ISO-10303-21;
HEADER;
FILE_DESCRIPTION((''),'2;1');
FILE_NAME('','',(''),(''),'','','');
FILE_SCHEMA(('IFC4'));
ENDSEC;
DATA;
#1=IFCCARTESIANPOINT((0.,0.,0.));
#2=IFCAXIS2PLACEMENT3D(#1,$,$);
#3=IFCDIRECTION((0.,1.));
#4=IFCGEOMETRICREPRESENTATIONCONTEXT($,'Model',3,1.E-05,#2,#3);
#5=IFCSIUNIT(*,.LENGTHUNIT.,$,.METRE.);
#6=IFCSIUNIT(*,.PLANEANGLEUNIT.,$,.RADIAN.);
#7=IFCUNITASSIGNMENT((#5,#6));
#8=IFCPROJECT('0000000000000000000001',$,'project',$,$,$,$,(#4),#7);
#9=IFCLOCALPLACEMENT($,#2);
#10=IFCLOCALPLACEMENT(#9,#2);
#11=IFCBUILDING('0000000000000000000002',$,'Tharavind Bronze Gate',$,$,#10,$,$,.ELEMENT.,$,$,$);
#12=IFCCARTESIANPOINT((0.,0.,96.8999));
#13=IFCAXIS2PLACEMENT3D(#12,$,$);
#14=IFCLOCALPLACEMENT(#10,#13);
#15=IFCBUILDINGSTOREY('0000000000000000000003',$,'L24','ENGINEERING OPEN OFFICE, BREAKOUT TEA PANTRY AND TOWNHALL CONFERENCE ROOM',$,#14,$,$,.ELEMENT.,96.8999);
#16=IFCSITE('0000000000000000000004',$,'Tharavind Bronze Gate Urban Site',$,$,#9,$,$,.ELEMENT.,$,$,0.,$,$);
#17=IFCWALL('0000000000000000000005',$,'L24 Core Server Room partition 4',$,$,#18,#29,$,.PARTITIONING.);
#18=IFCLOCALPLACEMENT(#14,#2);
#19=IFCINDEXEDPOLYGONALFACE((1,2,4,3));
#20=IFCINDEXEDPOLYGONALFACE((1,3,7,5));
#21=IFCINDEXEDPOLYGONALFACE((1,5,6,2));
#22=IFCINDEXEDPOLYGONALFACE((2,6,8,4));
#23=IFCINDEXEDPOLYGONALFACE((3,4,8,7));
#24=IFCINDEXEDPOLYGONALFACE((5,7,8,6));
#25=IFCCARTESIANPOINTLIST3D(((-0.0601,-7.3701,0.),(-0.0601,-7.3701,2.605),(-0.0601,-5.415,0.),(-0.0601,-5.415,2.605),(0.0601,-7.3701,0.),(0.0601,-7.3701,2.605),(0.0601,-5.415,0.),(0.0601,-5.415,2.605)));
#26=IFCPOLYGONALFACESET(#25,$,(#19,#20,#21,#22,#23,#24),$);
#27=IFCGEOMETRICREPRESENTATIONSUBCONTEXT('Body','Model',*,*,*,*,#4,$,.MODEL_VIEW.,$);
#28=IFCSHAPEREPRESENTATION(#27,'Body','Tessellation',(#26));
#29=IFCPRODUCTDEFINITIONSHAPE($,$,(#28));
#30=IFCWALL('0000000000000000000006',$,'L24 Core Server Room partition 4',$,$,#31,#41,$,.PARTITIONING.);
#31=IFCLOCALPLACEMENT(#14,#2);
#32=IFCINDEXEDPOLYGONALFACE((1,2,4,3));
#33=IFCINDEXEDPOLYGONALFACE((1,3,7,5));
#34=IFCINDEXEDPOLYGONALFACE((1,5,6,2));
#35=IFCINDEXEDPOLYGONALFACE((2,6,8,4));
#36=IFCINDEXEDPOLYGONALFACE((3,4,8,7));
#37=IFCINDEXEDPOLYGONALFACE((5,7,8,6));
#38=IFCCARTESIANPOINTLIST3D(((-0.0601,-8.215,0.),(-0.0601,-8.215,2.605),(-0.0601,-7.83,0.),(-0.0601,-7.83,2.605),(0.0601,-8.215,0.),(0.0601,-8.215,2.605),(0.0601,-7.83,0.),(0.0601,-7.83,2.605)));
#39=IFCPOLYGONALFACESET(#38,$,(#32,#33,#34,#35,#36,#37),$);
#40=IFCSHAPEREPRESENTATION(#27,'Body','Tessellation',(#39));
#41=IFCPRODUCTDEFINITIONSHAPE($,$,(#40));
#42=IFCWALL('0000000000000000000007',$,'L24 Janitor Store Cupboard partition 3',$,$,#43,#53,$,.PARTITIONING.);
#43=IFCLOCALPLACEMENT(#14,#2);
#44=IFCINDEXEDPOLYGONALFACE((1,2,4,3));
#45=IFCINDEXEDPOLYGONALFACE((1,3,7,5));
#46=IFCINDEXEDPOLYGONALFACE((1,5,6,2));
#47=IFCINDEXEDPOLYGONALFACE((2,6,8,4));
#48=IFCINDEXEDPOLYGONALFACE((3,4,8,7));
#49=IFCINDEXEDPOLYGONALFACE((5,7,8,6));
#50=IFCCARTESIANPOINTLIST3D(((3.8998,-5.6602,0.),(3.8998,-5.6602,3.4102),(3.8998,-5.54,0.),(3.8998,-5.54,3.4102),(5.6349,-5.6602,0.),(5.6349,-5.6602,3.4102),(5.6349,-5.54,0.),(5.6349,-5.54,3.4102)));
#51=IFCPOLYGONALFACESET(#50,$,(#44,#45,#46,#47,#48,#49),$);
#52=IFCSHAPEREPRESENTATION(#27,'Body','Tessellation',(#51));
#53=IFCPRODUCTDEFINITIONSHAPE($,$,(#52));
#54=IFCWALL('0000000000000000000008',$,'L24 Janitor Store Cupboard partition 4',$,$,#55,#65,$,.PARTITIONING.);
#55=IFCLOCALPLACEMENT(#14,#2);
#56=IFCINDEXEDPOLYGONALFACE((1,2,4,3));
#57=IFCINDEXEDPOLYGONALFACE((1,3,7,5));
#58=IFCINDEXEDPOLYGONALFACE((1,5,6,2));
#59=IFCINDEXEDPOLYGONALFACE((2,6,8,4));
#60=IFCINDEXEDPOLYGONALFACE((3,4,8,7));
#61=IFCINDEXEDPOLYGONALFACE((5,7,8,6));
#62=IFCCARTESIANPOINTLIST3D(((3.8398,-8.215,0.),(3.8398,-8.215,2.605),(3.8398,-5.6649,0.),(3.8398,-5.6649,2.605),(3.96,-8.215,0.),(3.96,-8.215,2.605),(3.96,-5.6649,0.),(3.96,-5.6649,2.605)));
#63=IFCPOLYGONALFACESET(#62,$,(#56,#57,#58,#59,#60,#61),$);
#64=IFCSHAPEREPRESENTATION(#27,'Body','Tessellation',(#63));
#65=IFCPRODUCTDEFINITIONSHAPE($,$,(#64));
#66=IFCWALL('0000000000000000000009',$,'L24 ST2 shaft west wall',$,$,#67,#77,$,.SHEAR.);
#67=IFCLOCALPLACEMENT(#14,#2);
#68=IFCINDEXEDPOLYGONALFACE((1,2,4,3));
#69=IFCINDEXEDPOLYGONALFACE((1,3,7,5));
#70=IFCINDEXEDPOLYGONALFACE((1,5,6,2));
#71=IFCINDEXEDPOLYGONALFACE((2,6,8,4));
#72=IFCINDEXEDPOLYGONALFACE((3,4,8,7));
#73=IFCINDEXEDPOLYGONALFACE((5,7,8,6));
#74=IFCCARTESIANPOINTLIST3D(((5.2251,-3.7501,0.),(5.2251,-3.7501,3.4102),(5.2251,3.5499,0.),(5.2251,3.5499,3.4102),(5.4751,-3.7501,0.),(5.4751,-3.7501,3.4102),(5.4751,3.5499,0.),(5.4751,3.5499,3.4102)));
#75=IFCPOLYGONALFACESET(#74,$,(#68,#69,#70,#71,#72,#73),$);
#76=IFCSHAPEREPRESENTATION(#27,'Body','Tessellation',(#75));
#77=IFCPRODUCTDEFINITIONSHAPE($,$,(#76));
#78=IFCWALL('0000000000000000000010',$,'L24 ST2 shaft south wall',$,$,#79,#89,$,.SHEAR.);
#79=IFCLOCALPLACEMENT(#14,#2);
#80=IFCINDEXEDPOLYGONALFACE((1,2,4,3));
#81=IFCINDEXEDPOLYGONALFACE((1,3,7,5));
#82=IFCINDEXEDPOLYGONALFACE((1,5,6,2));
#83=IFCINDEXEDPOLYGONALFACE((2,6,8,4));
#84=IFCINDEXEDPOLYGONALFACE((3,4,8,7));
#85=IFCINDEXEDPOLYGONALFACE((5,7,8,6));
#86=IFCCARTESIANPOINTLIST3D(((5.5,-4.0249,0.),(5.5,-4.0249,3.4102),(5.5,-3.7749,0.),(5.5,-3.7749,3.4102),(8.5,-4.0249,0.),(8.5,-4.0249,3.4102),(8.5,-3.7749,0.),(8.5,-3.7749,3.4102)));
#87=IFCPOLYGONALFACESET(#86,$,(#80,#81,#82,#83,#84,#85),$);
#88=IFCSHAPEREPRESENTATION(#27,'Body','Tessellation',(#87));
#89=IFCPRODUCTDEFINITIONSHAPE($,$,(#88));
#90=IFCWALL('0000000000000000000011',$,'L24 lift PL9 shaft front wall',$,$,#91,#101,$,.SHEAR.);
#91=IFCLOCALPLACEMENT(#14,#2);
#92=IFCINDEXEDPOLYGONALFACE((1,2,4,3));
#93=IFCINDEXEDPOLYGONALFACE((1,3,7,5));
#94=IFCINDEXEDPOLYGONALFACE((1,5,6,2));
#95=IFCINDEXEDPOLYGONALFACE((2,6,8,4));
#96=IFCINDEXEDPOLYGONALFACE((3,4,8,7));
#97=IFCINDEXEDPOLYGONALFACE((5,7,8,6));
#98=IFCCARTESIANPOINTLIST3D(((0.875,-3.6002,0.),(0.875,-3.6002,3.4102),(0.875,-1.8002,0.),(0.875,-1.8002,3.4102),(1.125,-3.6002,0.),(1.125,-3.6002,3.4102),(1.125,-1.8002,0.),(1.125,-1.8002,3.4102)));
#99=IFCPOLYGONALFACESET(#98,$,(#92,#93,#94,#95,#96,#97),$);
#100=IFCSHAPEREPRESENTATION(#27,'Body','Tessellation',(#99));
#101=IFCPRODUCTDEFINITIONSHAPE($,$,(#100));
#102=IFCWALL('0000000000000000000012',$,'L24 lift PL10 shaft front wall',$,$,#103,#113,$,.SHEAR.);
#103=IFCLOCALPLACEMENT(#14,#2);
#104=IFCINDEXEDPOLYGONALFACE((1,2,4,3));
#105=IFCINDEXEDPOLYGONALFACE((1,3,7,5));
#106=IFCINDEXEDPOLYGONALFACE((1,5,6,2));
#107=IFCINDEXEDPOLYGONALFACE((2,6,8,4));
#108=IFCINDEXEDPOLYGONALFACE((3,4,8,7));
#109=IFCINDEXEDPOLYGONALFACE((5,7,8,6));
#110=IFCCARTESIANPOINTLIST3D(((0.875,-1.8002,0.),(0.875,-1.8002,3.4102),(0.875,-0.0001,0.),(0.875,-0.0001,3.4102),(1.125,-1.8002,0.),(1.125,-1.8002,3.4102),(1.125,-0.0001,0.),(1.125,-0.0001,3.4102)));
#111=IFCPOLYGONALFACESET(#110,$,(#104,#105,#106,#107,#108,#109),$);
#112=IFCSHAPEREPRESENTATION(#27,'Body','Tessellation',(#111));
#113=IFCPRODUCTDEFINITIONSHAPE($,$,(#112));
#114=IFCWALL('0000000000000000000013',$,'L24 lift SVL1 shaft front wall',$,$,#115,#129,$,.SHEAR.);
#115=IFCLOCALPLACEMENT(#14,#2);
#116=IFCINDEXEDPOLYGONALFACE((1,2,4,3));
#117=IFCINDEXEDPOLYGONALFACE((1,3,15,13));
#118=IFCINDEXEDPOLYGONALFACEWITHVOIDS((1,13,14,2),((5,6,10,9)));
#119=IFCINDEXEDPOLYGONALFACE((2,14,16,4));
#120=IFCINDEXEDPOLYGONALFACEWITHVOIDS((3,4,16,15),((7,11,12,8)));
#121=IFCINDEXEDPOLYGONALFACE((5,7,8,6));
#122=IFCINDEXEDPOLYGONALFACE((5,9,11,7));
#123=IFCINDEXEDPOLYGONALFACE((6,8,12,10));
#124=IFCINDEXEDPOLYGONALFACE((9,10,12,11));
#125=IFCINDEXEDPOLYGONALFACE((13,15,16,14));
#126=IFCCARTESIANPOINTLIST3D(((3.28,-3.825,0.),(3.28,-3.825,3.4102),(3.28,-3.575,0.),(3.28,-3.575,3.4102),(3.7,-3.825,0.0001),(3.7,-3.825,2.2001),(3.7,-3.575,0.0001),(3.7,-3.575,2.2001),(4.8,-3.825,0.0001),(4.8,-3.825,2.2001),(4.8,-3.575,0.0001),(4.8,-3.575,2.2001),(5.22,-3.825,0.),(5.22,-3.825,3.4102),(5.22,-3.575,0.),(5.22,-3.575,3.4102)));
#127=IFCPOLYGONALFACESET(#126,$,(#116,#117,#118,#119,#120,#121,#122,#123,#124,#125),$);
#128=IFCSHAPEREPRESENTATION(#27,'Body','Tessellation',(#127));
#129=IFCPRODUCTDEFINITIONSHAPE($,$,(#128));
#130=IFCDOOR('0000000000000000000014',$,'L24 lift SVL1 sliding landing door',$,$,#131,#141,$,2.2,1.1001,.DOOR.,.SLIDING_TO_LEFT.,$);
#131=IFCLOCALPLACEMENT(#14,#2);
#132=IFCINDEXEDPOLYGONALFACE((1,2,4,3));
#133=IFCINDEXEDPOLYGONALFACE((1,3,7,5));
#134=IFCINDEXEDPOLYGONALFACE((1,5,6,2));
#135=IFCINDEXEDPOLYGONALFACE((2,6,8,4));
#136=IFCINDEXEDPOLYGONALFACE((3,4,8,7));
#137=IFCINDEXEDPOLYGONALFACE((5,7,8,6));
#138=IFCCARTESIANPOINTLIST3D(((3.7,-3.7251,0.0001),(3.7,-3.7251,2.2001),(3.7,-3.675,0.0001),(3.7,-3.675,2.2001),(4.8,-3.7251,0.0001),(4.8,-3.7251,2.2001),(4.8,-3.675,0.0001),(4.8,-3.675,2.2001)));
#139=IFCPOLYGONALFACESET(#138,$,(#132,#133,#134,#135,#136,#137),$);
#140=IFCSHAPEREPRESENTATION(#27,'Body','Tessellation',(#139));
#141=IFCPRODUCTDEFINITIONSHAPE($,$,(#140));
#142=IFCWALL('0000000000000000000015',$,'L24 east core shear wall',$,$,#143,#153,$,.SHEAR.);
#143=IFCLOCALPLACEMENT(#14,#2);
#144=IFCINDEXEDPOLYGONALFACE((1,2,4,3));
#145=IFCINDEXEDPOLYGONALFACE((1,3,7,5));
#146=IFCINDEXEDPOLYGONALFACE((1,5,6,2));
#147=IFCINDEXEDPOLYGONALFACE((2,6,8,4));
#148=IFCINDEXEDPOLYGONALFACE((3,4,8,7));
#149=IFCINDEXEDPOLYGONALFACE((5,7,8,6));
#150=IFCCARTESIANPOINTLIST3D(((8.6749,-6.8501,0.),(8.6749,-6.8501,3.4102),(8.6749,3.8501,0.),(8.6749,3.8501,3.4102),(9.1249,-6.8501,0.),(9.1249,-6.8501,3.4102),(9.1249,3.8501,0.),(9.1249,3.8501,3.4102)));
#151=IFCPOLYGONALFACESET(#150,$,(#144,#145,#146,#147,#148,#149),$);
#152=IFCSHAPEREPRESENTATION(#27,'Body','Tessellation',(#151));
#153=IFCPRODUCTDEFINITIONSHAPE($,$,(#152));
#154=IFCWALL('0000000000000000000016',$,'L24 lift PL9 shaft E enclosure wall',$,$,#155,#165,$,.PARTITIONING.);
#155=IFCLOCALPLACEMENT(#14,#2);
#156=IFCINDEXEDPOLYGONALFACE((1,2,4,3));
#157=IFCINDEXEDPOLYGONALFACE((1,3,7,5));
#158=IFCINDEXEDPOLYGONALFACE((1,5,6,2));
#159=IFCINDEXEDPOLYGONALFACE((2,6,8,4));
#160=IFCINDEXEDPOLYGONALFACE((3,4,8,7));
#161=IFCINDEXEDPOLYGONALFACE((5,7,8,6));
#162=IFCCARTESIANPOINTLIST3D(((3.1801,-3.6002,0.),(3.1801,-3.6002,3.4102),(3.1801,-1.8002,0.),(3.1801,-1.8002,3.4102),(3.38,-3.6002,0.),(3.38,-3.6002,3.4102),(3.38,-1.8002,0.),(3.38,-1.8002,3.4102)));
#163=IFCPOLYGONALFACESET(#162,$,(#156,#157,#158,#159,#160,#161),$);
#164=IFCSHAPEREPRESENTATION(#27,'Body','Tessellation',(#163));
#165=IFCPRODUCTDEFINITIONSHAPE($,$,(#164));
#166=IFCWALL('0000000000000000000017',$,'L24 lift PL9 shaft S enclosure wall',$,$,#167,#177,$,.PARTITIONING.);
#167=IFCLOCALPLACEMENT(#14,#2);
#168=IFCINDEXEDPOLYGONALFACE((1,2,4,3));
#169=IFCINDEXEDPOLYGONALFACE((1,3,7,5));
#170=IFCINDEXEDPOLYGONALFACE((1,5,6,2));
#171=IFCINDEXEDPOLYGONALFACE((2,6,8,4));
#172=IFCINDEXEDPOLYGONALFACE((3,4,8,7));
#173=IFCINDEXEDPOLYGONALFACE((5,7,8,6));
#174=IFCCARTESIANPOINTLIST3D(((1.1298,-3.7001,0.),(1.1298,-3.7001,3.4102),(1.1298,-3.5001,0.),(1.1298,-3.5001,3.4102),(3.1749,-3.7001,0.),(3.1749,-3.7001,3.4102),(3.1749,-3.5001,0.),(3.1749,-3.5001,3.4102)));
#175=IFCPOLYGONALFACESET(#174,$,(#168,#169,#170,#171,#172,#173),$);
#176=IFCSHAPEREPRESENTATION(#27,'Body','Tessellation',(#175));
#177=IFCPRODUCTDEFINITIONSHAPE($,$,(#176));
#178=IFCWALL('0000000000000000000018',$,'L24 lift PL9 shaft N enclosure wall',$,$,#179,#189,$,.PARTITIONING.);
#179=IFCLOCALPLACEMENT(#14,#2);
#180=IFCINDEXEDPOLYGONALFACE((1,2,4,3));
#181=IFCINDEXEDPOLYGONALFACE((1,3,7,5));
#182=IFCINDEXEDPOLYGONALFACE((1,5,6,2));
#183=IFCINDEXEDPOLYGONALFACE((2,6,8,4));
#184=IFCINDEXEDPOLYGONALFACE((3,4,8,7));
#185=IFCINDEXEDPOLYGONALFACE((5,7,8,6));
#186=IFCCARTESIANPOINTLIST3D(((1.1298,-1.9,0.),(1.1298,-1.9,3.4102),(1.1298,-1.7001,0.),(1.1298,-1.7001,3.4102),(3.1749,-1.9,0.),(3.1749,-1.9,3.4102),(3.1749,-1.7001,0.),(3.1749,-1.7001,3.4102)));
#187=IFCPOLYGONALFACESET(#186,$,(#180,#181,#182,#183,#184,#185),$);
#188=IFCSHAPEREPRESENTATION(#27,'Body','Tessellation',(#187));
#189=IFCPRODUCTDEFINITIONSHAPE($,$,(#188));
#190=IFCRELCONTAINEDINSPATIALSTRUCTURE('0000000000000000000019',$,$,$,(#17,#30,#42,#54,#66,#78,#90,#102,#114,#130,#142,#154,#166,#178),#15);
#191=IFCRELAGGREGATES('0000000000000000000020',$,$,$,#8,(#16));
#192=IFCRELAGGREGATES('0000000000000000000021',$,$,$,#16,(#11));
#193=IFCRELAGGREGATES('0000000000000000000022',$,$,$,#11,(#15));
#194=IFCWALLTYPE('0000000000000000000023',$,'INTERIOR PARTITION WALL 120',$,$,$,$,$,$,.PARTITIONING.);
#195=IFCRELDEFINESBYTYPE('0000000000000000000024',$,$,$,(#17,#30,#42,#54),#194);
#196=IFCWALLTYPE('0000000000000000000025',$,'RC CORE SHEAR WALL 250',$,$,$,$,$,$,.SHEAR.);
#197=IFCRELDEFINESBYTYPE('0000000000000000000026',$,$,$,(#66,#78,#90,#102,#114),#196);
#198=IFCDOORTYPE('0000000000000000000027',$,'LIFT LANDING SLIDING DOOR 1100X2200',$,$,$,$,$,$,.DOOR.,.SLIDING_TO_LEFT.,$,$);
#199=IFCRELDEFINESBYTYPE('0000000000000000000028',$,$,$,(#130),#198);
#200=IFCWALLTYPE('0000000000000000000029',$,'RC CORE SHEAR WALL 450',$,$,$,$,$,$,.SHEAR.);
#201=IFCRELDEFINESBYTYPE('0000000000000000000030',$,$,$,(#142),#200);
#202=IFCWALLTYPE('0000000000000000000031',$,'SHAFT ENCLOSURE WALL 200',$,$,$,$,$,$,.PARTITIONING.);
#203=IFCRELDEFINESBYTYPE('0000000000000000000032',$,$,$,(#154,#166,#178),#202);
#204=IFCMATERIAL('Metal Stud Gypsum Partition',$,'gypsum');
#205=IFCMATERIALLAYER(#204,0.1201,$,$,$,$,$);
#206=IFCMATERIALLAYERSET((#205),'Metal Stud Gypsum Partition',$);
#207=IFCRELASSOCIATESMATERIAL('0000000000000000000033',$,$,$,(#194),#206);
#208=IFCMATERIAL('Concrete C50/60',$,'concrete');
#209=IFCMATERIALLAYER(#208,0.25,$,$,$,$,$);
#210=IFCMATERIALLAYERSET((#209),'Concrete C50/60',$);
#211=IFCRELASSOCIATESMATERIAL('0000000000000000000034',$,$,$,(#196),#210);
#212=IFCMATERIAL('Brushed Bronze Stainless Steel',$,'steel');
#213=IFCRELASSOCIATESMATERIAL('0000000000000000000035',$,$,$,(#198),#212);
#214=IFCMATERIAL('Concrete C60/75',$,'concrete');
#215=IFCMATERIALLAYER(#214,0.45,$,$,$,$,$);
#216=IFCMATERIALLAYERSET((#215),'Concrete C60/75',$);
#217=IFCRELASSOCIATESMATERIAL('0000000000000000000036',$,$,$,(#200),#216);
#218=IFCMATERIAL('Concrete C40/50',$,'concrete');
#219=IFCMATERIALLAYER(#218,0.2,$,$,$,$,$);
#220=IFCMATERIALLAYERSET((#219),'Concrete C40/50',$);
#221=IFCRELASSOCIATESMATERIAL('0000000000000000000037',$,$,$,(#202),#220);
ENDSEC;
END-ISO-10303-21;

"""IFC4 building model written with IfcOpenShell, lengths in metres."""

from ifc_helpers import new_model, si_unit, direction, frame, frame_2d, origin, place, context, subcontext, project, spatial, rectangle, extrude, material, layer, layer_set, type_object, element, fill, save


model = new_model("IFC4")

# Units and contexts
model_context = context("Model", 3, precision=1e-05, world=origin(), true_north=direction((0.0, 1.0)))
body_context = subcontext(model_context, "Body", "Model", "MODEL_VIEW")
ifc_project = project(units=[si_unit("LENGTHUNIT", "METRE"), si_unit("PLANEANGLEUNIT", "RADIAN")], contexts=[model_context])

# Site, building, storey
site_placement = place(None, origin())
site = spatial("IfcSite", under=ifc_project, at=site_placement, Name="Tharavind Bronze Gate Urban Site", CompositionType="ELEMENT", RefElevation=0.0)
building_placement = place(site_placement, origin())
building = spatial("IfcBuilding", under=site, at=building_placement, Name="Tharavind Bronze Gate", CompositionType="ELEMENT")
storey_placement = place(building_placement, frame((0.0, 0.0, 96.8999)))
storey = spatial("IfcBuildingStorey", under=building, at=storey_placement, Name="L24", Description="ENGINEERING OPEN OFFICE, BREAKOUT TEA PANTRY AND TOWNHALL CONFERENCE ROOM", CompositionType="ELEMENT", Elevation=96.8999)

# Shared definitions
ifc_material_1 = material(Name="Concrete C60/75", Category="concrete")

# Walls
ifc_material_2 = material(Name="Metal Stud Gypsum Partition", Category="gypsum")
ifc_layer_1 = layer(ifc_material_2, 0.1201)
ifc_layer_set_1 = layer_set([ifc_layer_1], Name="Metal Stud Gypsum Partition")
wall_type_1 = type_object("IfcWallType", Name="INTERIOR PARTITION WALL 120", PredefinedType="PARTITIONING", material=ifc_layer_set_1)
wall_1_placement = place(storey_placement, frame((0.0, -5.415, 0.0), z_axis=(0.0, 0.0, 1.0), x_axis=(0.0, -1.0, 0.0)))
element("IfcWall", 1, at=wall_1_placement, inside=storey, type_object=wall_type_1, Name="L24 Core Server Room partition 4", PredefinedType="PARTITIONING", context=body_context, shape_type="SweptSolid", body=[
    extrude(rectangle(XDim=1.9551, YDim=0.1201, at=frame_2d((0.9775, 0.0))), origin(), (0.0, 0.0, 1.0), 2.605),
])
wall_2_placement = place(storey_placement, frame((0.0, -7.8301, 0.0), z_axis=(0.0, 0.0, 1.0), x_axis=(0.0, -1.0, 0.0)))
element("IfcWall", 2, at=wall_2_placement, inside=storey, type_object=wall_type_1, Name="L24 Core Server Room partition 4", PredefinedType="PARTITIONING", context=body_context, shape_type="SweptSolid", body=[
    extrude(rectangle(XDim=0.385, YDim=0.1201, at=frame_2d((0.1924, 0.0))), origin(), (0.0, 0.0, 1.0), 2.605),
])
wall_3_placement = place(storey_placement, frame((5.635, -5.6001, 0.0), z_axis=(0.0, 0.0, 1.0), x_axis=(-1.0, 0.0, 0.0)))
element("IfcWall", 3, at=wall_3_placement, inside=storey, type_object=wall_type_1, Name="L24 Janitor Store Cupboard partition 3", PredefinedType="PARTITIONING", context=body_context, shape_type="SweptSolid", body=[
    extrude(rectangle(XDim=1.7351, YDim=0.1201, at=frame_2d((0.8677, 0.0))), origin(), (0.0, 0.0, 1.0), 3.4102),
])
wall_4_placement = place(storey_placement, frame((3.8999, -5.665, 0.0), z_axis=(0.0, 0.0, 1.0), x_axis=(0.0, -1.0, 0.0)))
element("IfcWall", 4, at=wall_4_placement, inside=storey, type_object=wall_type_1, Name="L24 Janitor Store Cupboard partition 4", PredefinedType="PARTITIONING", context=body_context, shape_type="SweptSolid", body=[
    extrude(rectangle(XDim=2.55, YDim=0.1201, at=frame_2d((1.2749, 0.0))), origin(), (0.0, 0.0, 1.0), 2.605),
])
ifc_material_3 = material(Name="Concrete C50/60", Category="concrete")
ifc_layer_2 = layer(ifc_material_3, 0.25)
ifc_layer_set_2 = layer_set([ifc_layer_2], Name="Concrete C50/60")
wall_type_2 = type_object("IfcWallType", Name="RC CORE SHEAR WALL 250", PredefinedType="SHEAR", material=ifc_layer_set_2)
wall_5_placement = place(storey_placement, frame((5.3501, -3.75, 0.0), z_axis=(0.0, 0.0, 1.0), x_axis=(0.0, 1.0, 0.0)))
element("IfcWall", 5, at=wall_5_placement, inside=storey, type_object=wall_type_2, Name="L24 ST2 shaft west wall", PredefinedType="SHEAR", context=body_context, shape_type="SweptSolid", body=[
    extrude(rectangle(XDim=7.3, YDim=0.25, at=frame_2d((3.6499, 0.0))), origin(), (0.0, 0.0, 1.0), 3.4102),
])
wall_6_placement = place(storey_placement, frame((5.5, -3.8999, 0.0), z_axis=(0.0, 0.0, 1.0), x_axis=(1.0, 0.0, 0.0)))
element("IfcWall", 6, at=wall_6_placement, inside=storey, type_object=wall_type_2, Name="L24 ST2 shaft south wall", PredefinedType="SHEAR", context=body_context, shape_type="SweptSolid", body=[
    extrude(rectangle(XDim=3.0, YDim=0.25, at=frame_2d((1.5, 0.0))), origin(), (0.0, 0.0, 1.0), 3.4102),
])
for number, where, z_axis, x_axis, name in (
    (7, (1.0, -3.6001, 0.0), (0.0, 0.0, 1.0), (0.0, 1.0, 0.0), "L24 lift PL9 shaft front wall"),
    (8, (1.0, -1.8, 0.0), (0.0, 0.0, 1.0), (0.0, 1.0, 0.0), "L24 lift PL10 shaft front wall"),
):
    element("IfcWall", number, at=place(storey_placement, frame(where, z_axis=z_axis, x_axis=x_axis)), inside=storey, type_object=wall_type_2, Name=name, PredefinedType="SHEAR", context=body_context, shape_type="SweptSolid", body=[
        extrude(rectangle(XDim=1.8, YDim=0.25, at=frame_2d((0.8999, 0.0))), origin(), (0.0, 0.0, 1.0), 3.4102),
    ])

# Wall, opening, door
wall_7_placement = place(storey_placement, frame((3.28, -3.7, 0.0), z_axis=(0.0, 0.0, 1.0), x_axis=(1.0, 0.0, 0.0)))
wall_7 = element("IfcWall", 9, at=wall_7_placement, inside=storey, type_object=wall_type_2, Name="L24 lift SVL1 shaft front wall", PredefinedType="SHEAR", context=body_context, shape_type="SweptSolid", body=[
    extrude(rectangle(XDim=1.9399, YDim=0.25, at=frame_2d((0.97, 0.0))), origin(), (0.0, 0.0, 1.0), 3.4102),
])
opening_1_placement = place(wall_7_placement, frame((0.4199, 0.0, 0.0)))
opening_1 = element("IfcOpeningElement", 10, at=opening_1_placement, cuts=wall_7, PredefinedType="OPENING", context=body_context, shape_type="SweptSolid", body=[
    extrude(rectangle(XDim=1.1001, YDim=2.2, at=frame_2d((0.55, 1.1001))), frame((0.0, 0.135, 0.0), z_axis=(0.0, -1.0, 0.0), x_axis=(1.0, 0.0, 0.0)), (0.0, 0.0, 1.0), 0.27),
])
ifc_material_4 = material(Name="Brushed Bronze Stainless Steel", Category="steel")
door_type_1 = type_object("IfcDoorType", Name="LIFT LANDING SLIDING DOOR 1100X2200", OperationType="SLIDING_TO_LEFT", PredefinedType="DOOR", material=ifc_material_4)
door_1_placement = place(opening_1_placement, origin())
door_1 = element("IfcDoor", 11, at=door_1_placement, inside=storey, type_object=door_type_1, Name="L24 lift SVL1 sliding landing door", OperationType="SLIDING_TO_LEFT", OverallHeight=2.2, OverallWidth=1.1001, PredefinedType="DOOR", context=body_context, shape_type="SweptSolid", body=[
    extrude(rectangle(XDim=1.1001, YDim=2.2, at=frame_2d((0.55, 1.1001))), frame((0.0, 0.0249, 0.0), z_axis=(0.0, -1.0, 0.0), x_axis=(1.0, 0.0, 0.0)), (0.0, 0.0, 1.0), 0.05),
])
fill(opening_1, door_1)

# Walls
ifc_layer_3 = layer(ifc_material_1, 0.45)
ifc_layer_set_3 = layer_set([ifc_layer_3], Name="Concrete C60/75")
wall_type_3 = type_object("IfcWallType", Name="RC CORE SHEAR WALL 450", PredefinedType="SHEAR", material=ifc_layer_set_3)
wall_8_placement = place(storey_placement, frame((8.8999, -6.8501, 0.0), z_axis=(0.0, 0.0, 1.0), x_axis=(0.0, 1.0, 0.0)))
element("IfcWall", 12, at=wall_8_placement, inside=storey, type_object=wall_type_3, Name="L24 east core shear wall", PredefinedType="SHEAR", context=body_context, shape_type="SweptSolid", body=[
    extrude(rectangle(XDim=10.7002, YDim=0.45, at=frame_2d((5.3501, 0.0))), origin(), (0.0, 0.0, 1.0), 3.4102),
])
ifc_material_5 = material(Name="Concrete C40/50", Category="concrete")
ifc_layer_4 = layer(ifc_material_5, 0.2)
ifc_layer_set_4 = layer_set([ifc_layer_4], Name="Concrete C40/50")
wall_type_4 = type_object("IfcWallType", Name="SHAFT ENCLOSURE WALL 200", PredefinedType="PARTITIONING", material=ifc_layer_set_4)
wall_9_placement = place(storey_placement, frame((3.28, -3.6001, 0.0), z_axis=(0.0, 0.0, 1.0), x_axis=(0.0, 1.0, 0.0)))
element("IfcWall", 13, at=wall_9_placement, inside=storey, type_object=wall_type_4, Name="L24 lift PL9 shaft E enclosure wall", PredefinedType="PARTITIONING", context=body_context, shape_type="SweptSolid", body=[
    extrude(rectangle(XDim=1.8, YDim=0.2, at=frame_2d((0.8999, 0.0))), origin(), (0.0, 0.0, 1.0), 3.4102),
])
for number, where, z_axis, x_axis, name in (
    (14, (1.1299, -3.6001, 0.0), (0.0, 0.0, 1.0), (1.0, 0.0, 0.0), "L24 lift PL9 shaft S enclosure wall"),
    (15, (1.1299, -1.8, 0.0), (0.0, 0.0, 1.0), (1.0, 0.0, 0.0), "L24 lift PL9 shaft N enclosure wall"),
):
    element("IfcWall", number, at=place(storey_placement, frame(where, z_axis=z_axis, x_axis=x_axis)), inside=storey, type_object=wall_type_4, Name=name, PredefinedType="PARTITIONING", context=body_context, shape_type="SweptSolid", body=[
        extrude(rectangle(XDim=2.0452, YDim=0.2, at=frame_2d((1.0225, 0.0))), origin(), (0.0, 0.0, 1.0), 3.4102),
    ])

save(model, "model.ifc")
